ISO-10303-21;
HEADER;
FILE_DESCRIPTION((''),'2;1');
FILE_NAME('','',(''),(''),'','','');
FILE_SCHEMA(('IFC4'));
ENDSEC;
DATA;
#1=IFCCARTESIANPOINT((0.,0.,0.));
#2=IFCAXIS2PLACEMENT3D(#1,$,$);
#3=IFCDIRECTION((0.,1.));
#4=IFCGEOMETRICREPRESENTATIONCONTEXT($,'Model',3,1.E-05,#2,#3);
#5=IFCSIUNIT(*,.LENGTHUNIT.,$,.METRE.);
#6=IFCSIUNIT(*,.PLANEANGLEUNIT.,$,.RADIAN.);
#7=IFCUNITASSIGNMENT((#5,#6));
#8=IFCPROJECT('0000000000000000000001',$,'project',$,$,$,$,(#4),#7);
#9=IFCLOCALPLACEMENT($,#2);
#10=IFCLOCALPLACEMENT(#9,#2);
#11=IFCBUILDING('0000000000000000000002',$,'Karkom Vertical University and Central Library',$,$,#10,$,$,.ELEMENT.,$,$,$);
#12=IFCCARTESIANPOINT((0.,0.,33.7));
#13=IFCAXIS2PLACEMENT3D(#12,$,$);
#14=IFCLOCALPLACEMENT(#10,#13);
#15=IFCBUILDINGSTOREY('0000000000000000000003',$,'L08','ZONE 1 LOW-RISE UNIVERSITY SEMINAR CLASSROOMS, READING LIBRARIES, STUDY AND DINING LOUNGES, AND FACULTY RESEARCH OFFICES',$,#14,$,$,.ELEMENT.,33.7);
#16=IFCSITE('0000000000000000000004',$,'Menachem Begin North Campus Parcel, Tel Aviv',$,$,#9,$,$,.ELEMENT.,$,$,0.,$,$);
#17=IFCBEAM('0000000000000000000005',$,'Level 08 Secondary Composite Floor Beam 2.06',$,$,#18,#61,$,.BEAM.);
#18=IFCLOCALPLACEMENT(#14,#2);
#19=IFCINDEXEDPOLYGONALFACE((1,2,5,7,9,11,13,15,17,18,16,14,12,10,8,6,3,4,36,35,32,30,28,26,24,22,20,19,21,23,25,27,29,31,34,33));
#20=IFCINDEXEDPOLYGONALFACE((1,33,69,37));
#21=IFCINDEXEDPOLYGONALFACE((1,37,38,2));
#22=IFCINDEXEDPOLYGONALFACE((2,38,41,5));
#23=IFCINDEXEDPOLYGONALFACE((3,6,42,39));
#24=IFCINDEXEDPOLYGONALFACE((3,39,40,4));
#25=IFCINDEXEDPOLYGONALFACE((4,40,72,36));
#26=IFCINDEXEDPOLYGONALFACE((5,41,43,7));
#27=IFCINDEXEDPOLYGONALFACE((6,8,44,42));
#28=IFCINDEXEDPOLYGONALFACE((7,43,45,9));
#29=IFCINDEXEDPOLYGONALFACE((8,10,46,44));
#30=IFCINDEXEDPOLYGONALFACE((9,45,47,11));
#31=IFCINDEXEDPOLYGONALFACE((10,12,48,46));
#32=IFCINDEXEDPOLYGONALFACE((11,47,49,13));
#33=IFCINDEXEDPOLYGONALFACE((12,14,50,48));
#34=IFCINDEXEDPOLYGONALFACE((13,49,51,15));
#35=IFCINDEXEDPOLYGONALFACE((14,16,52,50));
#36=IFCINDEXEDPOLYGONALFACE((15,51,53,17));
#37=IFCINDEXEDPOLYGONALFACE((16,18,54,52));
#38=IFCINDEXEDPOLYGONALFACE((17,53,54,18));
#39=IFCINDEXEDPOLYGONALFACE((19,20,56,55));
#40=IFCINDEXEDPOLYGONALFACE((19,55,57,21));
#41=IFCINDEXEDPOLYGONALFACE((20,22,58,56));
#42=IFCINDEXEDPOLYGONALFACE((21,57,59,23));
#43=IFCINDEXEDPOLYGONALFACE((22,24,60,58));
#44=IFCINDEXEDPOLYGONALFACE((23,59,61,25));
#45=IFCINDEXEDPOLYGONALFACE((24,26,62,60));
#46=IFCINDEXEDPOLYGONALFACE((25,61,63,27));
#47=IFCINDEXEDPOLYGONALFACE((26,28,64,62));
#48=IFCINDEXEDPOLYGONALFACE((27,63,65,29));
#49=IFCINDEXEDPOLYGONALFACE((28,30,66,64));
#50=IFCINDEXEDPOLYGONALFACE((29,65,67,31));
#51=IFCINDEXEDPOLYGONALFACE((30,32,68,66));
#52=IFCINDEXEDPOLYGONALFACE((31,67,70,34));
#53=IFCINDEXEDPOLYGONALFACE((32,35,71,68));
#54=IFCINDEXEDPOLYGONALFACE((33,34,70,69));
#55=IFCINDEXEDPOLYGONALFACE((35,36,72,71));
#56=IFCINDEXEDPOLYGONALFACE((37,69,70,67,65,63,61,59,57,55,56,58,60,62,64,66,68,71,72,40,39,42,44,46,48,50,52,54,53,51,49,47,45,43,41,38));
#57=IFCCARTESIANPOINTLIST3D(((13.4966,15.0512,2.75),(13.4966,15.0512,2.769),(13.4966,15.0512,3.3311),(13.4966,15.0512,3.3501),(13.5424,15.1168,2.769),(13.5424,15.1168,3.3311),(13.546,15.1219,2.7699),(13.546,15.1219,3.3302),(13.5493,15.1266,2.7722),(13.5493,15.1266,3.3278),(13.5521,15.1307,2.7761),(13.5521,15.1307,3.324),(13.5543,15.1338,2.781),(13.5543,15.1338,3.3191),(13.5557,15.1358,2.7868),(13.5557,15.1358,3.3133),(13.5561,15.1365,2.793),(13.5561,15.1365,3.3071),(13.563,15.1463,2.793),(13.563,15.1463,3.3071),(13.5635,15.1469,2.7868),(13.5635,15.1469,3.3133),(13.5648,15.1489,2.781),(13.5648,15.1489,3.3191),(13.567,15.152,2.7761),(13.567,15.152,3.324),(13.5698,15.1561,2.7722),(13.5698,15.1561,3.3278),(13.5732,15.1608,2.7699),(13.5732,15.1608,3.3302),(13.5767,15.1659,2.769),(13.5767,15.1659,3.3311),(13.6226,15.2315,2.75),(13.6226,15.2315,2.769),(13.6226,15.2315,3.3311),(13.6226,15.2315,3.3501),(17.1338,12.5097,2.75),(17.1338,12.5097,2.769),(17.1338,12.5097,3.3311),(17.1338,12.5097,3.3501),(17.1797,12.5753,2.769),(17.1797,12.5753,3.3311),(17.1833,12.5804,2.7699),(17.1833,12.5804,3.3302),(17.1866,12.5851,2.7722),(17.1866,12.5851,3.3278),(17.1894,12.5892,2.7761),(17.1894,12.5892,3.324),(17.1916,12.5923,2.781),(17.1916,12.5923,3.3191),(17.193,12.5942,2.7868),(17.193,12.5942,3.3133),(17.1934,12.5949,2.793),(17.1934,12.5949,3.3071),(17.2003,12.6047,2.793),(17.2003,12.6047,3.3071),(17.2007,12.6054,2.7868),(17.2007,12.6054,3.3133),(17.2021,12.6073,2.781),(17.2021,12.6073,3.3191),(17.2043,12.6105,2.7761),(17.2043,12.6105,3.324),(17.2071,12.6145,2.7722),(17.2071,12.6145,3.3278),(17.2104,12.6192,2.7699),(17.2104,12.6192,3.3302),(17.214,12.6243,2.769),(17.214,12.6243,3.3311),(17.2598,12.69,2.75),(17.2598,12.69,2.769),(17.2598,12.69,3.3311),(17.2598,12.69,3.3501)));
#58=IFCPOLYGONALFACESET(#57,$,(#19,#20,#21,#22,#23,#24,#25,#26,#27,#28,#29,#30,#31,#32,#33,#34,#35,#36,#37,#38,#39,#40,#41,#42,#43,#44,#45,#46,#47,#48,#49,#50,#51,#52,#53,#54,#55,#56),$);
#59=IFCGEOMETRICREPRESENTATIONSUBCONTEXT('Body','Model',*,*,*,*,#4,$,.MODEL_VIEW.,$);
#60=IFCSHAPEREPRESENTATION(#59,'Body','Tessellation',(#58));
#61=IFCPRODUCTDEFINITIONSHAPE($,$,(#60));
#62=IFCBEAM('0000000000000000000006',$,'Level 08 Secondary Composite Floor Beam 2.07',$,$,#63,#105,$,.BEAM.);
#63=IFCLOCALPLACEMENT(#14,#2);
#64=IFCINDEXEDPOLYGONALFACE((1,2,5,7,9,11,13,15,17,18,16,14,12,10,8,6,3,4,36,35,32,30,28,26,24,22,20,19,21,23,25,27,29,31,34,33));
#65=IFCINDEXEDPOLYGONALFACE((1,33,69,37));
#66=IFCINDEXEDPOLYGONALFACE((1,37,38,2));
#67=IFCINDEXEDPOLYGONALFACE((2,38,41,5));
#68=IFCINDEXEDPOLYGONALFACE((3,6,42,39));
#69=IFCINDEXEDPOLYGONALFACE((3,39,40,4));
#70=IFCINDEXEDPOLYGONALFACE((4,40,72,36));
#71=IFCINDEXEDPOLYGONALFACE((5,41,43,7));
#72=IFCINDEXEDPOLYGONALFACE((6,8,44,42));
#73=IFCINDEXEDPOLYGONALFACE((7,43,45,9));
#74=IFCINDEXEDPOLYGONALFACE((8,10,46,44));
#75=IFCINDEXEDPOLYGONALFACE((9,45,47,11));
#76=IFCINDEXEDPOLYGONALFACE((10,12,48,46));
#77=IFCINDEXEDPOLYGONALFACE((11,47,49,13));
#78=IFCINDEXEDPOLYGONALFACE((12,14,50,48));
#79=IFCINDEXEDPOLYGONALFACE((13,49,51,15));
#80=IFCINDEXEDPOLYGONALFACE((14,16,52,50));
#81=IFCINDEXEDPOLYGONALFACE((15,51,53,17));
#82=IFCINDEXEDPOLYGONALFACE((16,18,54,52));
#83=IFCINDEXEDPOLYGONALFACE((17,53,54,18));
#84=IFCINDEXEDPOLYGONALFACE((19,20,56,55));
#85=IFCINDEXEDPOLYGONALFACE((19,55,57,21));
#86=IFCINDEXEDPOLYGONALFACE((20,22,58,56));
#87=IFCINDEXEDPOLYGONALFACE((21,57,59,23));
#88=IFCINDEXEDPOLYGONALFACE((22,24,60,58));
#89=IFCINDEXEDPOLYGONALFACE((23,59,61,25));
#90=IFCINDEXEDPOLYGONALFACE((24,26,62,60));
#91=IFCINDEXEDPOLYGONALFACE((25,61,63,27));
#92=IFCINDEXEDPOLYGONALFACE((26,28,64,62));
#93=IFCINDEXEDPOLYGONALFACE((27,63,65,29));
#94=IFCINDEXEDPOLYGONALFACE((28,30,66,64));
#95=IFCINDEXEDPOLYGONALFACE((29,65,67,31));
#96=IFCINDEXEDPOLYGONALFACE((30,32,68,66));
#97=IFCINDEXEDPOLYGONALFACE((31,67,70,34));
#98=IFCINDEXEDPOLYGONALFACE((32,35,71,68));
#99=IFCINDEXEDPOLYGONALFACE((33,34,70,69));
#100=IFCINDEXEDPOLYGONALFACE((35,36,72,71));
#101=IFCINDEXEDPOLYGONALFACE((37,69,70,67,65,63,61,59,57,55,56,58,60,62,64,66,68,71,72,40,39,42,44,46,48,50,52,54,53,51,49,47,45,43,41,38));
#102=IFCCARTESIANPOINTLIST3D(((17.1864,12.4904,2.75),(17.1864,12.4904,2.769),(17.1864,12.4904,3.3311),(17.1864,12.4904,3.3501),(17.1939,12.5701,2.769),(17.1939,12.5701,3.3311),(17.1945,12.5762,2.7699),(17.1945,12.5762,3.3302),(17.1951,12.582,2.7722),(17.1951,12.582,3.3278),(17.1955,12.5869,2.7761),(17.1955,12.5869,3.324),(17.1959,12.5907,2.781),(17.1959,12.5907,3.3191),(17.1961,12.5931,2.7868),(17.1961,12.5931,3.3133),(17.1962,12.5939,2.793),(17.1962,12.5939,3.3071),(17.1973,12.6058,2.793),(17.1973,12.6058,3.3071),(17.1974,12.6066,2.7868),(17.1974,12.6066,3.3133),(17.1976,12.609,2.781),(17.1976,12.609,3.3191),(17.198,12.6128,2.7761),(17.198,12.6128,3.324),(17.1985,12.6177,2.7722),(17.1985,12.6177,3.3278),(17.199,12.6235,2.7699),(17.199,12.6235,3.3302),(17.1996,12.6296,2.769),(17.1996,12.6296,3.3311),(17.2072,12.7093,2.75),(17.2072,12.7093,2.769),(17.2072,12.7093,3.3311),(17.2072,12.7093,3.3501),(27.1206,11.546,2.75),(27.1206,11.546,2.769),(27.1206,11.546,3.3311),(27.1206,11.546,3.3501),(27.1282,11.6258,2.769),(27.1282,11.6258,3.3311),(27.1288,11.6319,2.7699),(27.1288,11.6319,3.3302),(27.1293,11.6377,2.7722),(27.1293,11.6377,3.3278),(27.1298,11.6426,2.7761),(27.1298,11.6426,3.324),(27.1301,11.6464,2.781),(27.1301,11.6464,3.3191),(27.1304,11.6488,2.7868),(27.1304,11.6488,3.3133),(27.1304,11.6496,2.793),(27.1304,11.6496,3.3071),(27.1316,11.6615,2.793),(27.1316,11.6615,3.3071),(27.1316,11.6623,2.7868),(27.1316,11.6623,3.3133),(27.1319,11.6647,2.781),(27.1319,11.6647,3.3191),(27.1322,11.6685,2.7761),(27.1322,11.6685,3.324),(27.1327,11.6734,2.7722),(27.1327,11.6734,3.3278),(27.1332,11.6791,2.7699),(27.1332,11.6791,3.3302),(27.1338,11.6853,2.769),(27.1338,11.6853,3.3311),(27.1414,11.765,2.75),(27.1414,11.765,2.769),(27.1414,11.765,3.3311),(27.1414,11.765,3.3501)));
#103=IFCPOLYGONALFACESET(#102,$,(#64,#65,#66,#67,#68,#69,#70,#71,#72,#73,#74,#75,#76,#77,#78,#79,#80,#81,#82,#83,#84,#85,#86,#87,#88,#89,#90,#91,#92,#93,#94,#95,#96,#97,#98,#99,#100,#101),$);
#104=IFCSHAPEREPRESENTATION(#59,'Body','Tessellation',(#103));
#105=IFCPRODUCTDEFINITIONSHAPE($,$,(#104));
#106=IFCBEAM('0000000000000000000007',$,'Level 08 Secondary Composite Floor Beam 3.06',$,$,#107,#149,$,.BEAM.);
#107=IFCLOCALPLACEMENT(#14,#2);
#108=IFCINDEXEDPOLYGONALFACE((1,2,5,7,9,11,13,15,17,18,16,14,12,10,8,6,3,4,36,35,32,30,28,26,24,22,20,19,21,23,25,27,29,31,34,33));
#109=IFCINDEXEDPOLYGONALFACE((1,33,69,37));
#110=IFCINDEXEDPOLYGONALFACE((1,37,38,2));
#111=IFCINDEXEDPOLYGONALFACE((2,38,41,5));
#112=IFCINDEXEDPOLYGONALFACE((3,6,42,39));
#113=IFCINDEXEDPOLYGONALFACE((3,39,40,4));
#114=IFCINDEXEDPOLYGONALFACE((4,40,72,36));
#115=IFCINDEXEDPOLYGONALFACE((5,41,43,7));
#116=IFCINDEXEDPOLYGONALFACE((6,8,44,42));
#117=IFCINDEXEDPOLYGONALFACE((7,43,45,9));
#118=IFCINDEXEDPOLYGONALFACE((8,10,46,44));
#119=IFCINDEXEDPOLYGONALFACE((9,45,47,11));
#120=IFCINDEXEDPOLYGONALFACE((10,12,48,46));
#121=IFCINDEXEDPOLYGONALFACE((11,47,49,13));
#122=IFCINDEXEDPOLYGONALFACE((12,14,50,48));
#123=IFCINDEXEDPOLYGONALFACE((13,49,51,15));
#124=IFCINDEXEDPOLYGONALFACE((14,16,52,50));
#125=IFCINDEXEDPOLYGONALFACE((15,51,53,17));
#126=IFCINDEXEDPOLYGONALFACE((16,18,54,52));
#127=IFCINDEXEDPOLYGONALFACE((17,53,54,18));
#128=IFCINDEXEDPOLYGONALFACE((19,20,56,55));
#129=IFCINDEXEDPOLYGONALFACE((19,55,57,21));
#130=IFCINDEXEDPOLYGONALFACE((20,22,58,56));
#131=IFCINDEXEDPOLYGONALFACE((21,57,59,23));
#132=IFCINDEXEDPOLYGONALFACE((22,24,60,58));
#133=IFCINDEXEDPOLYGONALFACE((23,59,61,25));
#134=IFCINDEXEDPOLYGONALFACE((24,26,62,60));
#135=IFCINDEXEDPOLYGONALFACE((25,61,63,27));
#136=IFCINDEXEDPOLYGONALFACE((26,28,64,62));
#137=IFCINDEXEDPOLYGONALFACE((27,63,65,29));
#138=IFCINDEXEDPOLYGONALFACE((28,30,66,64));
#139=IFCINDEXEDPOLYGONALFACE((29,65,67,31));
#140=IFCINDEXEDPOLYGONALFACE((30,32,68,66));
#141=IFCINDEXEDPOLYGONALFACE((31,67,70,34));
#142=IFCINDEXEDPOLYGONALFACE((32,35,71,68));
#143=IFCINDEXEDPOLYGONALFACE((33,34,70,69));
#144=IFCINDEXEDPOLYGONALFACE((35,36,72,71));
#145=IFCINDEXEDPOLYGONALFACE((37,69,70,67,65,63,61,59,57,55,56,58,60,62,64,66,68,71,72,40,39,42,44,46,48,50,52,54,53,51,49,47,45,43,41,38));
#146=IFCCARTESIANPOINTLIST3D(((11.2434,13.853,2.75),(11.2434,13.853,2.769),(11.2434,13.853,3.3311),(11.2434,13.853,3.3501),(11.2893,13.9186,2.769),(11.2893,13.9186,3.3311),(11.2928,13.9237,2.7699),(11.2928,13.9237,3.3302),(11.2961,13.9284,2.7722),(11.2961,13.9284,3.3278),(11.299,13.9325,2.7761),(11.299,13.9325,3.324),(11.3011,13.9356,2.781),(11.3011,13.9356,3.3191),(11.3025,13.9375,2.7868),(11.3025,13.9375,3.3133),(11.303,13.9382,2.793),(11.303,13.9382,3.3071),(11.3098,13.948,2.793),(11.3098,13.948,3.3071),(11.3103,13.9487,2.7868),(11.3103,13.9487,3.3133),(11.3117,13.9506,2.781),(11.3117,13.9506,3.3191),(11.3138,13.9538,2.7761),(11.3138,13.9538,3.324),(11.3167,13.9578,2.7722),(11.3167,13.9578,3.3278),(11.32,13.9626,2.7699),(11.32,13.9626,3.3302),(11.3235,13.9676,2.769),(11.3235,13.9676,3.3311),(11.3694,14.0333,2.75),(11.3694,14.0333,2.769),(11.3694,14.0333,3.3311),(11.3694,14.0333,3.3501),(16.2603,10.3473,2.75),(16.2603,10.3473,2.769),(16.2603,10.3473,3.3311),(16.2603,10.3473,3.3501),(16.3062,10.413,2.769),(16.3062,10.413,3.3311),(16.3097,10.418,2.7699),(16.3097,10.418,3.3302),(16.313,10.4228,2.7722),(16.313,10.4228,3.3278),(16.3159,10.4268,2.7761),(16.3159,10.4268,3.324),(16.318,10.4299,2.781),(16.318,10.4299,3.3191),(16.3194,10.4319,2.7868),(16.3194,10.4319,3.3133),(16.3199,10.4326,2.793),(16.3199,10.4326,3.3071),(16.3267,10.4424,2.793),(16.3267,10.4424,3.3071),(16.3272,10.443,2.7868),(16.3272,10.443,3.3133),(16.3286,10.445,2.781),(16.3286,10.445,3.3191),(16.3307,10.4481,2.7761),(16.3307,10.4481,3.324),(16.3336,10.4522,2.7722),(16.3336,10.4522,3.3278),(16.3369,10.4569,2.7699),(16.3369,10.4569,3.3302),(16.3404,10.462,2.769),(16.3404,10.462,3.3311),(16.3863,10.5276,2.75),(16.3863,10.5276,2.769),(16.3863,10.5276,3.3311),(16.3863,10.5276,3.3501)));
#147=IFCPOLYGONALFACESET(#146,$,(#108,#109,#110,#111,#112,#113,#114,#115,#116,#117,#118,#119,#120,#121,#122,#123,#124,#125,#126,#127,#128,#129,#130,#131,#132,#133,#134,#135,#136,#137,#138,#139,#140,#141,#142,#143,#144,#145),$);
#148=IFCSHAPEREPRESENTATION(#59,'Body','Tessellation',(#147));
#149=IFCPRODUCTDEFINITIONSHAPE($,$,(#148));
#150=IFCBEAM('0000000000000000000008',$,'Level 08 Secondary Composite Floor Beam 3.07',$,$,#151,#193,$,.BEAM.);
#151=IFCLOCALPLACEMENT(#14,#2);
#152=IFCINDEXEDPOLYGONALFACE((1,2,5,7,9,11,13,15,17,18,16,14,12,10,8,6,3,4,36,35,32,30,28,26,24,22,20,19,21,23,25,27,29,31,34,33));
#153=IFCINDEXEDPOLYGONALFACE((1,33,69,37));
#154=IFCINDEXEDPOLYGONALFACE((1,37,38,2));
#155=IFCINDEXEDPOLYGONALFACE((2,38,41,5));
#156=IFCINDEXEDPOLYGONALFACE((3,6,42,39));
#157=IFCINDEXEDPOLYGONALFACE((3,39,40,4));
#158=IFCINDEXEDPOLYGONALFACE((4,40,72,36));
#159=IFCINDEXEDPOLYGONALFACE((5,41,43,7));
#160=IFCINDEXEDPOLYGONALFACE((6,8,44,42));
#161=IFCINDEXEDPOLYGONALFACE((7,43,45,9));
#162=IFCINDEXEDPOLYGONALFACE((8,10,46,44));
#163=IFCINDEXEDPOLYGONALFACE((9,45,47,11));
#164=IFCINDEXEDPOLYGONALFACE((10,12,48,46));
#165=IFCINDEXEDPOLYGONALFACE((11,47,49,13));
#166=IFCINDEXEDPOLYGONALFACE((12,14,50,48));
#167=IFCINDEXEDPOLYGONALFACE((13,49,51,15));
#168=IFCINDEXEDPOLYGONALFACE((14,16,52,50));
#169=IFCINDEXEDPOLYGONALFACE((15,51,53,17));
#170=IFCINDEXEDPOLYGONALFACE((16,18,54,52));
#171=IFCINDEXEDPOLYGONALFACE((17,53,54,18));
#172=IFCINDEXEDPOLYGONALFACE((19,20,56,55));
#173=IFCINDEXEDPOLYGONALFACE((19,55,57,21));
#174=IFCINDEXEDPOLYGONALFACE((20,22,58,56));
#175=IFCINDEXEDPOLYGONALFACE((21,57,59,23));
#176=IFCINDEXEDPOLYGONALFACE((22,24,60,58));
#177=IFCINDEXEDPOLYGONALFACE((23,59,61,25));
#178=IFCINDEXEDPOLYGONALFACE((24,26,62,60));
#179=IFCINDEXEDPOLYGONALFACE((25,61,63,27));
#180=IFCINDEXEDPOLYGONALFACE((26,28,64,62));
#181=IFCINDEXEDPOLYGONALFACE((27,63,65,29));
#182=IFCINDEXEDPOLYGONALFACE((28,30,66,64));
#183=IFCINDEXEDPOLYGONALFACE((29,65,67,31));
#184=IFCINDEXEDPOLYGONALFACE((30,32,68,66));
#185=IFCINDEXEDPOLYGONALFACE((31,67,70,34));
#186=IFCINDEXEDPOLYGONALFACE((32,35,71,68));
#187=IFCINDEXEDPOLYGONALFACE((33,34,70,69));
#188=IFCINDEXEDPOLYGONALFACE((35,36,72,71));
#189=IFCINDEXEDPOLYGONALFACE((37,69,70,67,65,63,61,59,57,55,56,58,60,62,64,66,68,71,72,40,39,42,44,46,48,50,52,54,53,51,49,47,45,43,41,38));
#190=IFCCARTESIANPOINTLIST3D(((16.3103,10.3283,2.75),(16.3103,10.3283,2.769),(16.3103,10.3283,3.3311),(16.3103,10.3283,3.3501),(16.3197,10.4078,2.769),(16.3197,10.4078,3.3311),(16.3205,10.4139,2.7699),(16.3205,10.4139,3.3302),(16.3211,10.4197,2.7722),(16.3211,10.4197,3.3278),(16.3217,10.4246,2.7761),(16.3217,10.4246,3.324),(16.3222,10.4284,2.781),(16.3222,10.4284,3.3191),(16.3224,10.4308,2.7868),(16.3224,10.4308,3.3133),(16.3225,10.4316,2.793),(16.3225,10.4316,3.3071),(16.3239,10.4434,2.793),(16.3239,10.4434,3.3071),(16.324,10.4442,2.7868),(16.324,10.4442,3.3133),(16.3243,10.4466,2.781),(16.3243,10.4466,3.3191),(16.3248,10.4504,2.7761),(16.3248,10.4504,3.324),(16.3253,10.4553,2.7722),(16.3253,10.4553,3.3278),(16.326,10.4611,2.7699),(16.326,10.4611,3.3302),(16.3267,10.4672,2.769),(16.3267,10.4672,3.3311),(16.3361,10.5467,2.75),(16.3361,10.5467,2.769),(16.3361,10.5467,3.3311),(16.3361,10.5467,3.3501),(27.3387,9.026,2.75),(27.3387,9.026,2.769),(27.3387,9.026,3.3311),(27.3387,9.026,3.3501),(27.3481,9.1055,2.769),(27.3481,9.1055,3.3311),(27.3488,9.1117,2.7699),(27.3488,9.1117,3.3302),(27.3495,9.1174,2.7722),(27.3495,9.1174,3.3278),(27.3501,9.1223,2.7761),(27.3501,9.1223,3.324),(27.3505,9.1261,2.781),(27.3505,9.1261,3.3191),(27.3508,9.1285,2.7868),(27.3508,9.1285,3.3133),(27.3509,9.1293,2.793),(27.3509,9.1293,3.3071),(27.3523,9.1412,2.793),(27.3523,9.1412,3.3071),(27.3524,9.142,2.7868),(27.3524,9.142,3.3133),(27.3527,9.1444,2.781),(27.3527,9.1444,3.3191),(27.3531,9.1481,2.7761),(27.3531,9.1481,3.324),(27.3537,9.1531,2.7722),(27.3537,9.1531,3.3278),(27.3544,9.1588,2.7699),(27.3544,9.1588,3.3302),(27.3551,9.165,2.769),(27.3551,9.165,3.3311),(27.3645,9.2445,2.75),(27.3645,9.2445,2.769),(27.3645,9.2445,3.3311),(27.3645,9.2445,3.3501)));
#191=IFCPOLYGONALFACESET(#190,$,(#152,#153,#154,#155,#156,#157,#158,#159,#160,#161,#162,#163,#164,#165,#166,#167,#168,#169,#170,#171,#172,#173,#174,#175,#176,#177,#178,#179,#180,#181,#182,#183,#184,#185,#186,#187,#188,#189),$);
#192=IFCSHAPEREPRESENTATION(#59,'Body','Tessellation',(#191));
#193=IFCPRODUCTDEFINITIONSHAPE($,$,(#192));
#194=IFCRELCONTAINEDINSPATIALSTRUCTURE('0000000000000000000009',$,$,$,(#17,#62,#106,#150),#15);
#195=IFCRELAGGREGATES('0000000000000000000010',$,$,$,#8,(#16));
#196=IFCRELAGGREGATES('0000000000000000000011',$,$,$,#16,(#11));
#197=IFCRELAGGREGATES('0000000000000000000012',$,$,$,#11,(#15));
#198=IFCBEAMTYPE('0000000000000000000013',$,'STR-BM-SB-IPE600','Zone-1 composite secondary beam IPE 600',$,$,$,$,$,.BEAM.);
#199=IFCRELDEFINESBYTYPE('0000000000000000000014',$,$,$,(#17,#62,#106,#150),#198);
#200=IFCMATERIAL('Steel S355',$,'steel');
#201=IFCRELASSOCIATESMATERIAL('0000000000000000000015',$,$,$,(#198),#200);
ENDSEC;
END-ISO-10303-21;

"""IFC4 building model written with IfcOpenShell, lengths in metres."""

from ifc_helpers import new_model, si_unit, direction, frame, origin, origin_with_axes, origin_2d, place, context, subcontext, project, spatial, i_section, extrude, source, transform, mapped, material, material_profile, profile_set, type_object, element, save


model = new_model("IFC4")

# Units and contexts
model_context = context("Model", 3, precision=1e-05, world=origin(), true_north=direction((0.0, 1.0)))
body_context = subcontext(model_context, "Body", "Model", "MODEL_VIEW")
ifc_project = project(units=[si_unit("LENGTHUNIT", "METRE"), si_unit("PLANEANGLEUNIT", "RADIAN")], contexts=[model_context])

# Site, building, storey
site_placement = place(None, origin())
site = spatial("IfcSite", under=ifc_project, at=site_placement, Name="Menachem Begin North Campus Parcel, Tel Aviv", CompositionType="ELEMENT", RefElevation=0.0)
building_placement = place(site_placement, origin())
building = spatial("IfcBuilding", under=site, at=building_placement, Name="Karkom Vertical University and Central Library", CompositionType="ELEMENT")
storey_placement = place(building_placement, frame((0.0, 0.0, 33.7)))
storey = spatial("IfcBuildingStorey", under=building, at=storey_placement, Name="L08", Description="ZONE 1 LOW-RISE UNIVERSITY SEMINAR CLASSROOMS, READING LIBRARIES, STUDY AND DINING LOUNGES, AND FACULTY RESEARCH OFFICES", CompositionType="ELEMENT", Elevation=33.7)

# Beams
ifc_material_1 = material(Name="Steel S355", Category="steel")
ifc_material_profile_1 = material_profile(ifc_material_1, i_section(OverallWidth=0.22, OverallDepth=0.6001, WebThickness=0.012, FlangeThickness=0.019, FilletRadius=0.0239, at=origin_2d()), Name="IPE 600")
ifc_profile_set_1 = profile_set([ifc_material_profile_1], Name="Steel S355")
beam_type_1 = type_object("IfcBeamType", Name="STR-BM-SB-IPE600", Description="Zone-1 composite secondary beam IPE 600", PredefinedType="BEAM", material=ifc_profile_set_1)
shared_shape_1 = source(origin_with_axes(), body_context, "Body", "SweptSolid", [
    extrude(i_section(OverallWidth=0.22, OverallDepth=0.6001, WebThickness=0.012, FlangeThickness=0.019, FilletRadius=0.0239, at=origin_2d()), origin(), (0.0, 0.0, 1.0), 4.4373),
])
beam_1_placement = place(storey_placement, frame((13.5596, 15.1414, 3.05), z_axis=(0.819712, -0.572775, 0.0), x_axis=(0.572775, 0.819712, 0.0)))
element("IfcBeam", 1, at=beam_1_placement, inside=storey, type_object=beam_type_1, Name="Level 08 Secondary Composite Floor Beam 2.06", PredefinedType="BEAM", context=body_context, shape_type="MappedRepresentation", body=[
    mapped(shared_shape_1, transform((0.0, 0.0, 0.0), scale=1.0)),
])
shared_shape_2 = source(origin_with_axes(), body_context, "Body", "SweptSolid", [
    extrude(i_section(OverallWidth=0.22, OverallDepth=0.6001, WebThickness=0.012, FlangeThickness=0.019, FilletRadius=0.0239, at=origin_2d()), origin(), (0.0, 0.0, 1.0), 9.979),
])
beam_2_placement = place(storey_placement, frame((17.1968, 12.5999, 3.05), z_axis=(0.995512, -0.094631, 0.0), x_axis=(0.094631, 0.995512, 0.0)))
element("IfcBeam", 2, at=beam_2_placement, inside=storey, type_object=beam_type_1, Name="Level 08 Secondary Composite Floor Beam 2.07", PredefinedType="BEAM", context=body_context, shape_type="MappedRepresentation", body=[
    mapped(shared_shape_2, transform((0.0, 0.0, 0.0), scale=1.0)),
])
shared_shape_3 = source(origin_with_axes(), body_context, "Body", "SweptSolid", [
    extrude(i_section(OverallWidth=0.22, OverallDepth=0.6001, WebThickness=0.012, FlangeThickness=0.019, FilletRadius=0.0239, at=origin_2d()), origin(), (0.0, 0.0, 1.0), 6.1204),
])
beam_3_placement = place(storey_placement, frame((11.3064, 13.9431, 3.05), z_axis=(0.819706, -0.572785, 0.0), x_axis=(0.572785, 0.819706, 0.0)))
element("IfcBeam", 3, at=beam_3_placement, inside=storey, type_object=beam_type_1, Name="Level 08 Secondary Composite Floor Beam 3.06", PredefinedType="BEAM", context=body_context, shape_type="MappedRepresentation", body=[
    mapped(shared_shape_3, transform((0.0, 0.0, 0.0), scale=1.0)),
])
shared_shape_4 = source(origin_with_axes(), body_context, "Body", "SweptSolid", [
    extrude(i_section(OverallWidth=0.22, OverallDepth=0.6001, WebThickness=0.012, FlangeThickness=0.019, FilletRadius=0.0239, at=origin_2d()), origin(), (0.0, 0.0, 1.0), 11.105),
])
beam_4_placement = place(storey_placement, frame((16.3232, 10.4375, 3.05), z_axis=(0.9931, -0.117267, 0.0), x_axis=(0.117267, 0.9931, 0.0)))
element("IfcBeam", 4, at=beam_4_placement, inside=storey, type_object=beam_type_1, Name="Level 08 Secondary Composite Floor Beam 3.07", PredefinedType="BEAM", context=body_context, shape_type="MappedRepresentation", body=[
    mapped(shared_shape_4, transform((0.0, 0.0, 0.0), scale=1.0)),
])

save(model, "model.ifc")
